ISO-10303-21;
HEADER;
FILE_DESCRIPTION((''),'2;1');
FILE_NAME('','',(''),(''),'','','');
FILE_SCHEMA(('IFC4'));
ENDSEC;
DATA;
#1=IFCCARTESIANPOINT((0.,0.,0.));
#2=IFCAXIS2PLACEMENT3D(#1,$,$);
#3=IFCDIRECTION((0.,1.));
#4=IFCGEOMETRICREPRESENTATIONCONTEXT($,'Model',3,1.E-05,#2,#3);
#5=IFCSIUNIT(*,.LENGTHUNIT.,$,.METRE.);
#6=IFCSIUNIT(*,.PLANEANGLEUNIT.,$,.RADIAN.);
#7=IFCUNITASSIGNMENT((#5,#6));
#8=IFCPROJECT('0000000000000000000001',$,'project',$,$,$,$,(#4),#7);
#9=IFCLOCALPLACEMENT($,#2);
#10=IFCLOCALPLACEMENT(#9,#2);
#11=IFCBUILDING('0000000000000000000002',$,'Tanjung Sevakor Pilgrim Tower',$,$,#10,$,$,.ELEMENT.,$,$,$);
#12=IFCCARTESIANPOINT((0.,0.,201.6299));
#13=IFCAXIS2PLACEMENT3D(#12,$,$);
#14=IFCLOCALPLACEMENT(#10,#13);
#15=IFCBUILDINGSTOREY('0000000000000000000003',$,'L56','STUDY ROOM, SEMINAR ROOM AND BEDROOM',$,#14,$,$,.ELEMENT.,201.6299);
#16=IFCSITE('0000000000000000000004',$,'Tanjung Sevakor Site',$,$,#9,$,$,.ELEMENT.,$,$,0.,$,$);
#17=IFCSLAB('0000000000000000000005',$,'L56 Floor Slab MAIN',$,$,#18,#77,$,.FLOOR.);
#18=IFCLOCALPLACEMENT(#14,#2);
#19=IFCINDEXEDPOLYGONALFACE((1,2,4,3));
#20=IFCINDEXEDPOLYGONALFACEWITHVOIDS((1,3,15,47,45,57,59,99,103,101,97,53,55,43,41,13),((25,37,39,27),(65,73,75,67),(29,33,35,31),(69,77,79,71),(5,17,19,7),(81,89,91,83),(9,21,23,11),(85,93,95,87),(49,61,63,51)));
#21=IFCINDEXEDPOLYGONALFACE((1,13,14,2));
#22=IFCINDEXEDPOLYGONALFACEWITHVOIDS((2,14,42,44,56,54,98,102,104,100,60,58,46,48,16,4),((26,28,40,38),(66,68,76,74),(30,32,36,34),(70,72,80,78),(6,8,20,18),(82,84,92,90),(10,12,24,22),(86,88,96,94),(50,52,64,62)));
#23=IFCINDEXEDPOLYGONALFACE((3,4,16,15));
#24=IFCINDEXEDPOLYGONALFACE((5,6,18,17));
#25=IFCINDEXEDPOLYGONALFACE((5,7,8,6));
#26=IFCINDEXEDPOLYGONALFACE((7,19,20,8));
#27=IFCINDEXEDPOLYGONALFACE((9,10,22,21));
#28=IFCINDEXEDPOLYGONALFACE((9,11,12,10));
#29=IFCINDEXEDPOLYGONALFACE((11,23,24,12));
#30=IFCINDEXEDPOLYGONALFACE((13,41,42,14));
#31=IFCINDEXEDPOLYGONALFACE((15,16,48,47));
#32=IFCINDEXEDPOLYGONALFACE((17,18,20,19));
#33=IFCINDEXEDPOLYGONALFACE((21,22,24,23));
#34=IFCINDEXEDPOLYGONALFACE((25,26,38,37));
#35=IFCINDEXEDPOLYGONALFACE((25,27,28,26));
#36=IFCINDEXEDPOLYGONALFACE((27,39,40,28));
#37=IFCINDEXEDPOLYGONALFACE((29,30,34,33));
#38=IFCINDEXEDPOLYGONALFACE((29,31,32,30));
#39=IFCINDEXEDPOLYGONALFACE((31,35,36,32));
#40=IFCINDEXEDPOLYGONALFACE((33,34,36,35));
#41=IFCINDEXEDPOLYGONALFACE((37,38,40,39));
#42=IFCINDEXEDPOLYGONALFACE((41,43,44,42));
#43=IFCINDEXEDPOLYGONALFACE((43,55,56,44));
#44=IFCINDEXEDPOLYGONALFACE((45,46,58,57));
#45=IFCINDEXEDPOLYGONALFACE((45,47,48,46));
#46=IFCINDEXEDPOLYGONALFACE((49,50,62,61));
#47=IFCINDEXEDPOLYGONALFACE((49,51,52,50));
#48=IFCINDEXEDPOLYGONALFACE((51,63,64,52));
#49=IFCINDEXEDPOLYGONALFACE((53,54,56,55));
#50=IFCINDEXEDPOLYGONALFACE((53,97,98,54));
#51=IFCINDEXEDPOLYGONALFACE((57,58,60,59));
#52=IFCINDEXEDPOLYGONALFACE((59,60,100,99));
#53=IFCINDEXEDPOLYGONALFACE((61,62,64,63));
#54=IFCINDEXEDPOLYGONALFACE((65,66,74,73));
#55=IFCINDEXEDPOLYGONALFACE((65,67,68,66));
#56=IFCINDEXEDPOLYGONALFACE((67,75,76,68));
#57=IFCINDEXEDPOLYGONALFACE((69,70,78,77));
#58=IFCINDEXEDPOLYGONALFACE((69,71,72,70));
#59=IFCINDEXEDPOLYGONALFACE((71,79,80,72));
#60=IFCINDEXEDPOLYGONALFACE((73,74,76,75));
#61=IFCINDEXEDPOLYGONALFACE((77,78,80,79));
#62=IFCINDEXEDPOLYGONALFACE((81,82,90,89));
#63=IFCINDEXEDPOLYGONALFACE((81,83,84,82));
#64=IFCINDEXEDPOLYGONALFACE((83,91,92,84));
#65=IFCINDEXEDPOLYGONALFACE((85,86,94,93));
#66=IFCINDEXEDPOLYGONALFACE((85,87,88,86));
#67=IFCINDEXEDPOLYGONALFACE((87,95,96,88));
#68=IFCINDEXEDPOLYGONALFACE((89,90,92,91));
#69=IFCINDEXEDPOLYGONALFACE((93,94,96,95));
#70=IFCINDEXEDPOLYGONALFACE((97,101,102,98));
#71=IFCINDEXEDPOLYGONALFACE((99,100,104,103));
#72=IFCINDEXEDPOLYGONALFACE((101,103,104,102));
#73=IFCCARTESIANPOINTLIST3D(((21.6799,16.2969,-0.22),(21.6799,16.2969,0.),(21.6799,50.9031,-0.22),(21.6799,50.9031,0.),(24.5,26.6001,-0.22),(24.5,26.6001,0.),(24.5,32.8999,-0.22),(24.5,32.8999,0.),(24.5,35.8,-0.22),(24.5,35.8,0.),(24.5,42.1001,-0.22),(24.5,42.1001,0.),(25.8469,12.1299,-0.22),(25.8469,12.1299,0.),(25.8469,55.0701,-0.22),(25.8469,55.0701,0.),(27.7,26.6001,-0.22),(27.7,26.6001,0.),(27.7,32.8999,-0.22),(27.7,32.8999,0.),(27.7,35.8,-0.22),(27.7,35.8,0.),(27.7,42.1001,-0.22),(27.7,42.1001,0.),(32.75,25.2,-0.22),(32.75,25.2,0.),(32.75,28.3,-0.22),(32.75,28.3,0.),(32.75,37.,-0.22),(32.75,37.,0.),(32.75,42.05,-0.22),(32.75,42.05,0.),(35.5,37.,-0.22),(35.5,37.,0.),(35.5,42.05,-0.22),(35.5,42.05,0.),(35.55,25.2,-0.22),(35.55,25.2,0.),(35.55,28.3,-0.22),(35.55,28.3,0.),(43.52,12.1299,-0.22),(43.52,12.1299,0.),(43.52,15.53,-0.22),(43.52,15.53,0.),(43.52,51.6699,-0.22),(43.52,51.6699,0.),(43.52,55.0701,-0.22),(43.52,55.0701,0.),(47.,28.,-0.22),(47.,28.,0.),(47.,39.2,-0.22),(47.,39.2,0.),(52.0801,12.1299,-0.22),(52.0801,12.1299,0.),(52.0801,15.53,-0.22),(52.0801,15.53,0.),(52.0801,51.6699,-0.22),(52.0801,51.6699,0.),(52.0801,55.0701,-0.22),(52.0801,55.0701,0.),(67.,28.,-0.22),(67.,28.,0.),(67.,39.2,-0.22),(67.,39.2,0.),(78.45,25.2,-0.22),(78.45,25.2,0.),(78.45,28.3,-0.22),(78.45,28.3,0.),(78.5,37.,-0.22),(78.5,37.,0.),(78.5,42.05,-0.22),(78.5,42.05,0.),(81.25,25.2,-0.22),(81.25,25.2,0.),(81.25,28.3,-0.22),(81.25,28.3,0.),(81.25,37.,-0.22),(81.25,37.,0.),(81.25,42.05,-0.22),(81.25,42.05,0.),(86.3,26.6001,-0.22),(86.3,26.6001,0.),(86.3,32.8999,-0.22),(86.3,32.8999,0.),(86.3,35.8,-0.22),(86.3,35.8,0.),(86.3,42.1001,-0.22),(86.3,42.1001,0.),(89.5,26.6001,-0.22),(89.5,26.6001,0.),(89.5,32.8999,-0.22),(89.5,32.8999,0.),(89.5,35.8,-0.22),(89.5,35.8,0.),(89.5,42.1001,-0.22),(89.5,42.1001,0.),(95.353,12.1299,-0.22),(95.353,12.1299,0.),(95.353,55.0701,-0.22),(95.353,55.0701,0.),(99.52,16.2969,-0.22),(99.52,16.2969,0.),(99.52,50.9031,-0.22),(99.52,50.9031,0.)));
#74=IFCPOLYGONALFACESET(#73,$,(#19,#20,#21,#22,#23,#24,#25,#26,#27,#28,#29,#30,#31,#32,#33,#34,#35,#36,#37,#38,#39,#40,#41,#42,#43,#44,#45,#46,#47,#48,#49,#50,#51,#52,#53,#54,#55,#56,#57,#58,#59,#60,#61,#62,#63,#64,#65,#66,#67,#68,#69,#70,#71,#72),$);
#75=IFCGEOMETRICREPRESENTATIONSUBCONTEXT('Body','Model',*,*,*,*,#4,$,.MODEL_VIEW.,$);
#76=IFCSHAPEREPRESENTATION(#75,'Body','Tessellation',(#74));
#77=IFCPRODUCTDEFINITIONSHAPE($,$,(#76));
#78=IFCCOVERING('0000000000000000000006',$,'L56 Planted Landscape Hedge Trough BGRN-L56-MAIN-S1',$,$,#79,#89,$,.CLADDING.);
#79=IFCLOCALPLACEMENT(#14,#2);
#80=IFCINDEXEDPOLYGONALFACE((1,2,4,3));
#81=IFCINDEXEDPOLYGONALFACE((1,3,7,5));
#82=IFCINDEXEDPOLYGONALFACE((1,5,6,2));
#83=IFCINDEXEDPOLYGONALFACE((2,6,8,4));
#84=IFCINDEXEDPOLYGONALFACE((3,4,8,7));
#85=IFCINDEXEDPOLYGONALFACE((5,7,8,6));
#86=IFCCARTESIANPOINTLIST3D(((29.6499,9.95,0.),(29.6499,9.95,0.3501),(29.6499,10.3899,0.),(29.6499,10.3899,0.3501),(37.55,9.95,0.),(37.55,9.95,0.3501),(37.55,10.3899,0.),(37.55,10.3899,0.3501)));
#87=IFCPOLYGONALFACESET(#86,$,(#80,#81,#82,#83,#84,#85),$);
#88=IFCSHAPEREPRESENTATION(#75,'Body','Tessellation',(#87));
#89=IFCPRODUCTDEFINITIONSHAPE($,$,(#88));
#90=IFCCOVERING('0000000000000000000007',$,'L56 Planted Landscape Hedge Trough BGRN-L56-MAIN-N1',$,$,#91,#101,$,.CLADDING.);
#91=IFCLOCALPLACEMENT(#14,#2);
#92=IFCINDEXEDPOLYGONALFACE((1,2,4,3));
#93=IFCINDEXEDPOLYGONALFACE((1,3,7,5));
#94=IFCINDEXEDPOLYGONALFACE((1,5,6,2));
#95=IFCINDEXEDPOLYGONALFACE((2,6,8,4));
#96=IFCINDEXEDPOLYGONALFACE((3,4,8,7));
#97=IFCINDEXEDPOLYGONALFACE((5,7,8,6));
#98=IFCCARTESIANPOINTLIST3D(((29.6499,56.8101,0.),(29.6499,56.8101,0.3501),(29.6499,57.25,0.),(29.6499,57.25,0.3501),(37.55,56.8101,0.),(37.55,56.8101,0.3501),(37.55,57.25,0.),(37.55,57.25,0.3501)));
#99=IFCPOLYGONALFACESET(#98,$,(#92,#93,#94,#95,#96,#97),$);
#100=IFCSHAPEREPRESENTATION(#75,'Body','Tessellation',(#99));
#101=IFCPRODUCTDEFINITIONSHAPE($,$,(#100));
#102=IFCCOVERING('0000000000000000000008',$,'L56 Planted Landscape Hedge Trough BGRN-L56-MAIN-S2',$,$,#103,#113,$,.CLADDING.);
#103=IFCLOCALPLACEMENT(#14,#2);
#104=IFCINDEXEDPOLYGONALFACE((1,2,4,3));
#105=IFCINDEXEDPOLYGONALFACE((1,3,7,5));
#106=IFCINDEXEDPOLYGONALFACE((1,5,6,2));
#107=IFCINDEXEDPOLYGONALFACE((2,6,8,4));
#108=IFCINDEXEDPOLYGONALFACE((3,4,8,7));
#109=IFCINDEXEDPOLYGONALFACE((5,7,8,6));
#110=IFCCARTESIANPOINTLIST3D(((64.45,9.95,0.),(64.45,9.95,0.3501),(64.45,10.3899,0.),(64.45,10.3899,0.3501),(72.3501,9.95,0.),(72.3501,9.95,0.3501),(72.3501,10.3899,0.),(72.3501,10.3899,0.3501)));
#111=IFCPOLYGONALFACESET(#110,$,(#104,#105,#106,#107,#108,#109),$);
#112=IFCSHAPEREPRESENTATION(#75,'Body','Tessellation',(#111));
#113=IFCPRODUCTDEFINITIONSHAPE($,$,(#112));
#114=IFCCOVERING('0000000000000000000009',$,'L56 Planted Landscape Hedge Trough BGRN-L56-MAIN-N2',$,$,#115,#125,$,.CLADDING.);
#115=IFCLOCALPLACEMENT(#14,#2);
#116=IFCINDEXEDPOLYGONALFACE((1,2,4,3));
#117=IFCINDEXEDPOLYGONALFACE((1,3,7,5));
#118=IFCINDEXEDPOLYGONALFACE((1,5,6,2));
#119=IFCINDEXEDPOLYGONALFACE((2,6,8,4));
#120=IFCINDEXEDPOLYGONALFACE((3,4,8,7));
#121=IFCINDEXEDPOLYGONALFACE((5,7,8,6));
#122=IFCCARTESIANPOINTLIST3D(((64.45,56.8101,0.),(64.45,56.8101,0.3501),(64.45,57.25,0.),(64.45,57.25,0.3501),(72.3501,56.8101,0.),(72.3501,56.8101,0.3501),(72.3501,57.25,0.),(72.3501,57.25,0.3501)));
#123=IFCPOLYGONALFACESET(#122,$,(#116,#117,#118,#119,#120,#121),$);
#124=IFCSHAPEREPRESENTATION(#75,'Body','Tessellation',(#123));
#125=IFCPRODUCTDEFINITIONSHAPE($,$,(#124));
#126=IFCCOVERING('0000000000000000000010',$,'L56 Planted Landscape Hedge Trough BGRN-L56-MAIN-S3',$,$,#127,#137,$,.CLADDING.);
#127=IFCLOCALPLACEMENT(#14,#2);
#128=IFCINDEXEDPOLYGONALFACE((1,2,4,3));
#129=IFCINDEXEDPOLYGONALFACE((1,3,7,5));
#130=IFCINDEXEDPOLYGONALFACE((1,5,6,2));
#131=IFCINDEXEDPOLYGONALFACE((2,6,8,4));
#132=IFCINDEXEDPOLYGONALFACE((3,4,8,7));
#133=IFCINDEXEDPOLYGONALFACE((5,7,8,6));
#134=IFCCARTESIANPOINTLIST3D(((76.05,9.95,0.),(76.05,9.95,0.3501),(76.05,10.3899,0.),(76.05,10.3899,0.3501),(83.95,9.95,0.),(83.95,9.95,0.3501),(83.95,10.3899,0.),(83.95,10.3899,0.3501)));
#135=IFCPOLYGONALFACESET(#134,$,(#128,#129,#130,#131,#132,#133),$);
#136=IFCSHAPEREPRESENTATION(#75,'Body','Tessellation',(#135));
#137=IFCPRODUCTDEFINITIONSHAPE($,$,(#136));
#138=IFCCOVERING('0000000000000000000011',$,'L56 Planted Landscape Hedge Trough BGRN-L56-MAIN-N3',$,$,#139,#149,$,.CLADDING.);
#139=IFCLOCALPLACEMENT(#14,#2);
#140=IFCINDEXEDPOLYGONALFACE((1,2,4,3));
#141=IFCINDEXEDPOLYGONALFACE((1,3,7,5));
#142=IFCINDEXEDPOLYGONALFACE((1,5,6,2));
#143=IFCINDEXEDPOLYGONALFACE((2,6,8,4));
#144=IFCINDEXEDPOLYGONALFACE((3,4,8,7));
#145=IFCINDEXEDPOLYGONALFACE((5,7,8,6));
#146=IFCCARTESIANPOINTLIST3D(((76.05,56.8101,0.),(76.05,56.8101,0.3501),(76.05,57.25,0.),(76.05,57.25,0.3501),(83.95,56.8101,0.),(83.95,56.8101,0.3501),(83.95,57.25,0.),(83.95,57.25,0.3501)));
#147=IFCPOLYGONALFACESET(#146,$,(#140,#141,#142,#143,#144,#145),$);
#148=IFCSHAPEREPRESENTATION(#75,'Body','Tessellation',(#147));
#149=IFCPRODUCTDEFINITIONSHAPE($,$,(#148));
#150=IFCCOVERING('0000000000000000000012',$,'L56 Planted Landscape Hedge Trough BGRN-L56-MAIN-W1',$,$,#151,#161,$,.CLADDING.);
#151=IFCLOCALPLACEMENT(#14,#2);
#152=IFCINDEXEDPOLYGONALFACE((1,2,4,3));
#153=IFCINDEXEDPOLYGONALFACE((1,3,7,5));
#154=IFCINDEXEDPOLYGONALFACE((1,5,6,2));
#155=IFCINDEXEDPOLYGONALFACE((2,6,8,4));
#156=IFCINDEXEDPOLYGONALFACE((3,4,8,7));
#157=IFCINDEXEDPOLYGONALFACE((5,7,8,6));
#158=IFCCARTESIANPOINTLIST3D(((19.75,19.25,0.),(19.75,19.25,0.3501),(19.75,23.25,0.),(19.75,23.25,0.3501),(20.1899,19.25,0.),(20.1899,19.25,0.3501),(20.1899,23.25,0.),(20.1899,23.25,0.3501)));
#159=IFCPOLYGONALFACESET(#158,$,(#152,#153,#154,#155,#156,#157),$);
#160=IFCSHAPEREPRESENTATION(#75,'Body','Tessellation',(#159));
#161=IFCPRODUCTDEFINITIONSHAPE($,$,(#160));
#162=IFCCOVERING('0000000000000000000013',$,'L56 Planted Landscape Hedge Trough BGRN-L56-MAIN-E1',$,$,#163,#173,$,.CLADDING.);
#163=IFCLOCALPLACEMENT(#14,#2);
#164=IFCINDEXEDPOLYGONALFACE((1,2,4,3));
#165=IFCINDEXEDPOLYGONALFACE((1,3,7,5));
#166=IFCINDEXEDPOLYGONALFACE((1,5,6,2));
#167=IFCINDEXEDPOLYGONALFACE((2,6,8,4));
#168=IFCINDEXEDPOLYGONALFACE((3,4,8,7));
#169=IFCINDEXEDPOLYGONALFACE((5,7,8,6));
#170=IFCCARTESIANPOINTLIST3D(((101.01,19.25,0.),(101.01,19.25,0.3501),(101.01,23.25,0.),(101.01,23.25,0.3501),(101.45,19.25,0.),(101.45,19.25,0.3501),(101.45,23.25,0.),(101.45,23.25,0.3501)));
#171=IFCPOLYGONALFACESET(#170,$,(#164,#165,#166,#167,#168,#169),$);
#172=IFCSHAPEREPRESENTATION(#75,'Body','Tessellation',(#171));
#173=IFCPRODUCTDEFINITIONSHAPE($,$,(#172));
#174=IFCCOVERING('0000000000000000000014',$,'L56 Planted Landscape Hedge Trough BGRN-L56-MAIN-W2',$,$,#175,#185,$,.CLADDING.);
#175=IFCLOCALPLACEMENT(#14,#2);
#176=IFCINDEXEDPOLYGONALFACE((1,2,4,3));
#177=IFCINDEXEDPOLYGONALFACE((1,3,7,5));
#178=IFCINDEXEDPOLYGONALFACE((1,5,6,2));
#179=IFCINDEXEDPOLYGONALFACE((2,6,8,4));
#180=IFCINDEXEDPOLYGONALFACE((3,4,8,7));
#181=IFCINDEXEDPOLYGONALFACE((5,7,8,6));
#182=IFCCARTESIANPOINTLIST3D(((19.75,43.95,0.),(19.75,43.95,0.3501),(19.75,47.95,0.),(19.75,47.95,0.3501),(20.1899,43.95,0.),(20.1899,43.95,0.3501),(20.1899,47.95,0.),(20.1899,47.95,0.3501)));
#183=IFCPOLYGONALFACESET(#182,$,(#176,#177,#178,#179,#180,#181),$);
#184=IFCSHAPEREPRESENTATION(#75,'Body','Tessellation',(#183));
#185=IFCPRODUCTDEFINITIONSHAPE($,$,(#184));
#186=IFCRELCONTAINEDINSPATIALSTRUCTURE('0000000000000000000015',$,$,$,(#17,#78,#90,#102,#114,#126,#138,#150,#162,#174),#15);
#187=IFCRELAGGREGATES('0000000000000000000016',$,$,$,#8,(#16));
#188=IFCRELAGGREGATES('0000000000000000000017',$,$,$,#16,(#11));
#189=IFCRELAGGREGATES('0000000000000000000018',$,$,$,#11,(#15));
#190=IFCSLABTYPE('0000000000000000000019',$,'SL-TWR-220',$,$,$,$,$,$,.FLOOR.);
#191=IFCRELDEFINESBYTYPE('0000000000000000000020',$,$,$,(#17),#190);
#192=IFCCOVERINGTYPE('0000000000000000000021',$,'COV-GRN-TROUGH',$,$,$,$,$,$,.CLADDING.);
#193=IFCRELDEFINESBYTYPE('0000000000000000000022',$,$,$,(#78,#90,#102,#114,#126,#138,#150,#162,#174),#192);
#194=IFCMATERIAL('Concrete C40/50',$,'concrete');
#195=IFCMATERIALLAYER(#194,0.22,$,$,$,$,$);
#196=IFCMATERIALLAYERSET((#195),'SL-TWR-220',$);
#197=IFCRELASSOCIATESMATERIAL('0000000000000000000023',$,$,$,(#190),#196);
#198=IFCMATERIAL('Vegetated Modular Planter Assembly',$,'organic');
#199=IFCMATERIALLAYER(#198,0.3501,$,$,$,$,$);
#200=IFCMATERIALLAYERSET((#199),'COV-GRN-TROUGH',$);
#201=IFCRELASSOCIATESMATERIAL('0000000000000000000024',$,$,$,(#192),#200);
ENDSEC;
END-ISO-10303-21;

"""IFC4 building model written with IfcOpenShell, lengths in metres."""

from ifc_helpers import new_model, si_unit, direction, frame, origin, place, context, subcontext, project, spatial, polyline, outline, extrude, material, layer, layer_set, type_object, element, save


model = new_model("IFC4")

# Units and contexts
model_context = context("Model", 3, precision=1e-05, world=origin(), true_north=direction((0.0, 1.0)))
body_context = subcontext(model_context, "Body", "Model", "MODEL_VIEW")
ifc_project = project(units=[si_unit("LENGTHUNIT", "METRE"), si_unit("PLANEANGLEUNIT", "RADIAN")], contexts=[model_context])

# Site, building, storey
site_placement = place(None, origin())
site = spatial("IfcSite", under=ifc_project, at=site_placement, Name="Tanjung Sevakor Site", CompositionType="ELEMENT", RefElevation=0.0)
building_placement = place(site_placement, origin())
building = spatial("IfcBuilding", under=site, at=building_placement, Name="Tanjung Sevakor Pilgrim Tower", CompositionType="ELEMENT")
storey_placement = place(building_placement, frame((0.0, 0.0, 201.6299)))
storey = spatial("IfcBuildingStorey", under=building, at=storey_placement, Name="L56", Description="STUDY ROOM, SEMINAR ROOM AND BEDROOM", CompositionType="ELEMENT", Elevation=201.6299)

# Slab
ifc_material_1 = material(Name="Concrete C40/50", Category="concrete")
ifc_layer_1 = layer(ifc_material_1, 0.22)
ifc_layer_set_1 = layer_set([ifc_layer_1], Name="SL-TWR-220")
slab_type_1 = type_object("IfcSlabType", Name="SL-TWR-220", PredefinedType="FLOOR", material=ifc_layer_set_1)
slab_1_placement = place(storey_placement, frame((0.0, 0.0, -0.22)))
element("IfcSlab", 1, at=slab_1_placement, inside=storey, type_object=slab_type_1, Name="L56 Floor Slab MAIN", PredefinedType="FLOOR", context=body_context, shape_type="SweptSolid", body=[
    extrude(outline(polyline([(25.8469, 12.1299), (43.52, 12.1299), (43.52, 15.53), (52.0801, 15.53), (52.0801, 12.1299), (95.353, 12.1299), (99.52, 16.2969), (99.52, 50.9031), (95.353, 55.0701), (52.0801, 55.0701), (52.0801, 51.6699), (43.52, 51.6699), (43.52, 55.0701), (25.8469, 55.0701), (21.6799, 50.9031), (21.6799, 16.2969), (25.8469, 12.1299)]), holes=[polyline([(27.7, 26.6001), (27.7, 32.8999), (24.5, 32.8999), (24.5, 26.6001), (27.7, 26.6001)]), polyline([(27.7, 35.8), (27.7, 42.1001), (24.5, 42.1001), (24.5, 35.8), (27.7, 35.8)]), polyline([(89.5, 26.6001), (89.5, 32.8999), (86.3, 32.8999), (86.3, 26.6001), (89.5, 26.6001)]), polyline([(89.5, 35.8), (89.5, 42.1001), (86.3, 42.1001), (86.3, 35.8), (89.5, 35.8)]), polyline([(32.75, 25.2), (35.55, 25.2), (35.55, 28.3), (32.75, 28.3), (32.75, 25.2)]), polyline([(32.75, 37.0), (35.5, 37.0), (35.5, 42.05), (32.75, 42.05), (32.75, 37.0)]), polyline([(78.45, 25.2), (81.25, 25.2), (81.25, 28.3), (78.45, 28.3), (78.45, 25.2)]), polyline([(78.5, 37.0), (81.25, 37.0), (81.25, 42.05), (78.5, 42.05), (78.5, 37.0)]), polyline([(47.0, 28.0), (67.0, 28.0), (67.0, 39.2), (47.0, 39.2), (47.0, 28.0)])]), origin(), (0.0, 0.0, 1.0), 0.22),
])

# Coverings
ifc_material_2 = material(Name="Vegetated Modular Planter Assembly", Category="organic")
ifc_layer_2 = layer(ifc_material_2, 0.3501)
ifc_layer_set_2 = layer_set([ifc_layer_2], Name="COV-GRN-TROUGH")
covering_type = type_object("IfcCoveringType", Name="COV-GRN-TROUGH", PredefinedType="CLADDING", material=ifc_layer_set_2)
covering_1_placement = place(storey_placement, origin())
element("IfcCovering", 2, at=covering_1_placement, inside=storey, type_object=covering_type, Name="L56 Planted Landscape Hedge Trough BGRN-L56-MAIN-S1", PredefinedType="CLADDING", context=body_context, shape_type="SweptSolid", body=[
    extrude(outline(polyline([(29.6499, 9.95), (37.55, 9.95), (37.55, 10.3899), (29.6499, 10.3899), (29.6499, 9.95)])), origin(), (0.0, 0.0, 1.0), 0.3501),
])
covering_2_placement = place(storey_placement, origin())
element("IfcCovering", 3, at=covering_2_placement, inside=storey, type_object=covering_type, Name="L56 Planted Landscape Hedge Trough BGRN-L56-MAIN-N1", PredefinedType="CLADDING", context=body_context, shape_type="SweptSolid", body=[
    extrude(outline(polyline([(29.6499, 56.8101), (37.55, 56.8101), (37.55, 57.25), (29.6499, 57.25), (29.6499, 56.8101)])), origin(), (0.0, 0.0, 1.0), 0.3501),
])
covering_3_placement = place(storey_placement, origin())
element("IfcCovering", 4, at=covering_3_placement, inside=storey, type_object=covering_type, Name="L56 Planted Landscape Hedge Trough BGRN-L56-MAIN-S2", PredefinedType="CLADDING", context=body_context, shape_type="SweptSolid", body=[
    extrude(outline(polyline([(64.45, 9.95), (72.3501, 9.95), (72.3501, 10.3899), (64.45, 10.3899), (64.45, 9.95)])), origin(), (0.0, 0.0, 1.0), 0.3501),
])
covering_4_placement = place(storey_placement, origin())
element("IfcCovering", 5, at=covering_4_placement, inside=storey, type_object=covering_type, Name="L56 Planted Landscape Hedge Trough BGRN-L56-MAIN-N2", PredefinedType="CLADDING", context=body_context, shape_type="SweptSolid", body=[
    extrude(outline(polyline([(64.45, 56.8101), (72.3501, 56.8101), (72.3501, 57.25), (64.45, 57.25), (64.45, 56.8101)])), origin(), (0.0, 0.0, 1.0), 0.3501),
])
covering_5_placement = place(storey_placement, origin())
element("IfcCovering", 6, at=covering_5_placement, inside=storey, type_object=covering_type, Name="L56 Planted Landscape Hedge Trough BGRN-L56-MAIN-S3", PredefinedType="CLADDING", context=body_context, shape_type="SweptSolid", body=[
    extrude(outline(polyline([(76.05, 9.95), (83.95, 9.95), (83.95, 10.3899), (76.05, 10.3899), (76.05, 9.95)])), origin(), (0.0, 0.0, 1.0), 0.3501),
])
covering_6_placement = place(storey_placement, origin())
element("IfcCovering", 7, at=covering_6_placement, inside=storey, type_object=covering_type, Name="L56 Planted Landscape Hedge Trough BGRN-L56-MAIN-N3", PredefinedType="CLADDING", context=body_context, shape_type="SweptSolid", body=[
    extrude(outline(polyline([(76.05, 56.8101), (83.95, 56.8101), (83.95, 57.25), (76.05, 57.25), (76.05, 56.8101)])), origin(), (0.0, 0.0, 1.0), 0.3501),
])
covering_7_placement = place(storey_placement, origin())
element("IfcCovering", 8, at=covering_7_placement, inside=storey, type_object=covering_type, Name="L56 Planted Landscape Hedge Trough BGRN-L56-MAIN-W1", PredefinedType="CLADDING", context=body_context, shape_type="SweptSolid", body=[
    extrude(outline(polyline([(20.1899, 19.25), (20.1899, 23.25), (19.75, 23.25), (19.75, 19.25), (20.1899, 19.25)])), origin(), (0.0, 0.0, 1.0), 0.3501),
])
covering_8_placement = place(storey_placement, origin())
element("IfcCovering", 9, at=covering_8_placement, inside=storey, type_object=covering_type, Name="L56 Planted Landscape Hedge Trough BGRN-L56-MAIN-E1", PredefinedType="CLADDING", context=body_context, shape_type="SweptSolid", body=[
    extrude(outline(polyline([(101.45, 19.25), (101.45, 23.25), (101.01, 23.25), (101.01, 19.25), (101.45, 19.25)])), origin(), (0.0, 0.0, 1.0), 0.3501),
])
covering_9_placement = place(storey_placement, origin())
element("IfcCovering", 10, at=covering_9_placement, inside=storey, type_object=covering_type, Name="L56 Planted Landscape Hedge Trough BGRN-L56-MAIN-W2", PredefinedType="CLADDING", context=body_context, shape_type="SweptSolid", body=[
    extrude(outline(polyline([(20.1899, 43.95), (20.1899, 47.95), (19.75, 47.95), (19.75, 43.95), (20.1899, 43.95)])), origin(), (0.0, 0.0, 1.0), 0.3501),
])

save(model, "model.ifc")
